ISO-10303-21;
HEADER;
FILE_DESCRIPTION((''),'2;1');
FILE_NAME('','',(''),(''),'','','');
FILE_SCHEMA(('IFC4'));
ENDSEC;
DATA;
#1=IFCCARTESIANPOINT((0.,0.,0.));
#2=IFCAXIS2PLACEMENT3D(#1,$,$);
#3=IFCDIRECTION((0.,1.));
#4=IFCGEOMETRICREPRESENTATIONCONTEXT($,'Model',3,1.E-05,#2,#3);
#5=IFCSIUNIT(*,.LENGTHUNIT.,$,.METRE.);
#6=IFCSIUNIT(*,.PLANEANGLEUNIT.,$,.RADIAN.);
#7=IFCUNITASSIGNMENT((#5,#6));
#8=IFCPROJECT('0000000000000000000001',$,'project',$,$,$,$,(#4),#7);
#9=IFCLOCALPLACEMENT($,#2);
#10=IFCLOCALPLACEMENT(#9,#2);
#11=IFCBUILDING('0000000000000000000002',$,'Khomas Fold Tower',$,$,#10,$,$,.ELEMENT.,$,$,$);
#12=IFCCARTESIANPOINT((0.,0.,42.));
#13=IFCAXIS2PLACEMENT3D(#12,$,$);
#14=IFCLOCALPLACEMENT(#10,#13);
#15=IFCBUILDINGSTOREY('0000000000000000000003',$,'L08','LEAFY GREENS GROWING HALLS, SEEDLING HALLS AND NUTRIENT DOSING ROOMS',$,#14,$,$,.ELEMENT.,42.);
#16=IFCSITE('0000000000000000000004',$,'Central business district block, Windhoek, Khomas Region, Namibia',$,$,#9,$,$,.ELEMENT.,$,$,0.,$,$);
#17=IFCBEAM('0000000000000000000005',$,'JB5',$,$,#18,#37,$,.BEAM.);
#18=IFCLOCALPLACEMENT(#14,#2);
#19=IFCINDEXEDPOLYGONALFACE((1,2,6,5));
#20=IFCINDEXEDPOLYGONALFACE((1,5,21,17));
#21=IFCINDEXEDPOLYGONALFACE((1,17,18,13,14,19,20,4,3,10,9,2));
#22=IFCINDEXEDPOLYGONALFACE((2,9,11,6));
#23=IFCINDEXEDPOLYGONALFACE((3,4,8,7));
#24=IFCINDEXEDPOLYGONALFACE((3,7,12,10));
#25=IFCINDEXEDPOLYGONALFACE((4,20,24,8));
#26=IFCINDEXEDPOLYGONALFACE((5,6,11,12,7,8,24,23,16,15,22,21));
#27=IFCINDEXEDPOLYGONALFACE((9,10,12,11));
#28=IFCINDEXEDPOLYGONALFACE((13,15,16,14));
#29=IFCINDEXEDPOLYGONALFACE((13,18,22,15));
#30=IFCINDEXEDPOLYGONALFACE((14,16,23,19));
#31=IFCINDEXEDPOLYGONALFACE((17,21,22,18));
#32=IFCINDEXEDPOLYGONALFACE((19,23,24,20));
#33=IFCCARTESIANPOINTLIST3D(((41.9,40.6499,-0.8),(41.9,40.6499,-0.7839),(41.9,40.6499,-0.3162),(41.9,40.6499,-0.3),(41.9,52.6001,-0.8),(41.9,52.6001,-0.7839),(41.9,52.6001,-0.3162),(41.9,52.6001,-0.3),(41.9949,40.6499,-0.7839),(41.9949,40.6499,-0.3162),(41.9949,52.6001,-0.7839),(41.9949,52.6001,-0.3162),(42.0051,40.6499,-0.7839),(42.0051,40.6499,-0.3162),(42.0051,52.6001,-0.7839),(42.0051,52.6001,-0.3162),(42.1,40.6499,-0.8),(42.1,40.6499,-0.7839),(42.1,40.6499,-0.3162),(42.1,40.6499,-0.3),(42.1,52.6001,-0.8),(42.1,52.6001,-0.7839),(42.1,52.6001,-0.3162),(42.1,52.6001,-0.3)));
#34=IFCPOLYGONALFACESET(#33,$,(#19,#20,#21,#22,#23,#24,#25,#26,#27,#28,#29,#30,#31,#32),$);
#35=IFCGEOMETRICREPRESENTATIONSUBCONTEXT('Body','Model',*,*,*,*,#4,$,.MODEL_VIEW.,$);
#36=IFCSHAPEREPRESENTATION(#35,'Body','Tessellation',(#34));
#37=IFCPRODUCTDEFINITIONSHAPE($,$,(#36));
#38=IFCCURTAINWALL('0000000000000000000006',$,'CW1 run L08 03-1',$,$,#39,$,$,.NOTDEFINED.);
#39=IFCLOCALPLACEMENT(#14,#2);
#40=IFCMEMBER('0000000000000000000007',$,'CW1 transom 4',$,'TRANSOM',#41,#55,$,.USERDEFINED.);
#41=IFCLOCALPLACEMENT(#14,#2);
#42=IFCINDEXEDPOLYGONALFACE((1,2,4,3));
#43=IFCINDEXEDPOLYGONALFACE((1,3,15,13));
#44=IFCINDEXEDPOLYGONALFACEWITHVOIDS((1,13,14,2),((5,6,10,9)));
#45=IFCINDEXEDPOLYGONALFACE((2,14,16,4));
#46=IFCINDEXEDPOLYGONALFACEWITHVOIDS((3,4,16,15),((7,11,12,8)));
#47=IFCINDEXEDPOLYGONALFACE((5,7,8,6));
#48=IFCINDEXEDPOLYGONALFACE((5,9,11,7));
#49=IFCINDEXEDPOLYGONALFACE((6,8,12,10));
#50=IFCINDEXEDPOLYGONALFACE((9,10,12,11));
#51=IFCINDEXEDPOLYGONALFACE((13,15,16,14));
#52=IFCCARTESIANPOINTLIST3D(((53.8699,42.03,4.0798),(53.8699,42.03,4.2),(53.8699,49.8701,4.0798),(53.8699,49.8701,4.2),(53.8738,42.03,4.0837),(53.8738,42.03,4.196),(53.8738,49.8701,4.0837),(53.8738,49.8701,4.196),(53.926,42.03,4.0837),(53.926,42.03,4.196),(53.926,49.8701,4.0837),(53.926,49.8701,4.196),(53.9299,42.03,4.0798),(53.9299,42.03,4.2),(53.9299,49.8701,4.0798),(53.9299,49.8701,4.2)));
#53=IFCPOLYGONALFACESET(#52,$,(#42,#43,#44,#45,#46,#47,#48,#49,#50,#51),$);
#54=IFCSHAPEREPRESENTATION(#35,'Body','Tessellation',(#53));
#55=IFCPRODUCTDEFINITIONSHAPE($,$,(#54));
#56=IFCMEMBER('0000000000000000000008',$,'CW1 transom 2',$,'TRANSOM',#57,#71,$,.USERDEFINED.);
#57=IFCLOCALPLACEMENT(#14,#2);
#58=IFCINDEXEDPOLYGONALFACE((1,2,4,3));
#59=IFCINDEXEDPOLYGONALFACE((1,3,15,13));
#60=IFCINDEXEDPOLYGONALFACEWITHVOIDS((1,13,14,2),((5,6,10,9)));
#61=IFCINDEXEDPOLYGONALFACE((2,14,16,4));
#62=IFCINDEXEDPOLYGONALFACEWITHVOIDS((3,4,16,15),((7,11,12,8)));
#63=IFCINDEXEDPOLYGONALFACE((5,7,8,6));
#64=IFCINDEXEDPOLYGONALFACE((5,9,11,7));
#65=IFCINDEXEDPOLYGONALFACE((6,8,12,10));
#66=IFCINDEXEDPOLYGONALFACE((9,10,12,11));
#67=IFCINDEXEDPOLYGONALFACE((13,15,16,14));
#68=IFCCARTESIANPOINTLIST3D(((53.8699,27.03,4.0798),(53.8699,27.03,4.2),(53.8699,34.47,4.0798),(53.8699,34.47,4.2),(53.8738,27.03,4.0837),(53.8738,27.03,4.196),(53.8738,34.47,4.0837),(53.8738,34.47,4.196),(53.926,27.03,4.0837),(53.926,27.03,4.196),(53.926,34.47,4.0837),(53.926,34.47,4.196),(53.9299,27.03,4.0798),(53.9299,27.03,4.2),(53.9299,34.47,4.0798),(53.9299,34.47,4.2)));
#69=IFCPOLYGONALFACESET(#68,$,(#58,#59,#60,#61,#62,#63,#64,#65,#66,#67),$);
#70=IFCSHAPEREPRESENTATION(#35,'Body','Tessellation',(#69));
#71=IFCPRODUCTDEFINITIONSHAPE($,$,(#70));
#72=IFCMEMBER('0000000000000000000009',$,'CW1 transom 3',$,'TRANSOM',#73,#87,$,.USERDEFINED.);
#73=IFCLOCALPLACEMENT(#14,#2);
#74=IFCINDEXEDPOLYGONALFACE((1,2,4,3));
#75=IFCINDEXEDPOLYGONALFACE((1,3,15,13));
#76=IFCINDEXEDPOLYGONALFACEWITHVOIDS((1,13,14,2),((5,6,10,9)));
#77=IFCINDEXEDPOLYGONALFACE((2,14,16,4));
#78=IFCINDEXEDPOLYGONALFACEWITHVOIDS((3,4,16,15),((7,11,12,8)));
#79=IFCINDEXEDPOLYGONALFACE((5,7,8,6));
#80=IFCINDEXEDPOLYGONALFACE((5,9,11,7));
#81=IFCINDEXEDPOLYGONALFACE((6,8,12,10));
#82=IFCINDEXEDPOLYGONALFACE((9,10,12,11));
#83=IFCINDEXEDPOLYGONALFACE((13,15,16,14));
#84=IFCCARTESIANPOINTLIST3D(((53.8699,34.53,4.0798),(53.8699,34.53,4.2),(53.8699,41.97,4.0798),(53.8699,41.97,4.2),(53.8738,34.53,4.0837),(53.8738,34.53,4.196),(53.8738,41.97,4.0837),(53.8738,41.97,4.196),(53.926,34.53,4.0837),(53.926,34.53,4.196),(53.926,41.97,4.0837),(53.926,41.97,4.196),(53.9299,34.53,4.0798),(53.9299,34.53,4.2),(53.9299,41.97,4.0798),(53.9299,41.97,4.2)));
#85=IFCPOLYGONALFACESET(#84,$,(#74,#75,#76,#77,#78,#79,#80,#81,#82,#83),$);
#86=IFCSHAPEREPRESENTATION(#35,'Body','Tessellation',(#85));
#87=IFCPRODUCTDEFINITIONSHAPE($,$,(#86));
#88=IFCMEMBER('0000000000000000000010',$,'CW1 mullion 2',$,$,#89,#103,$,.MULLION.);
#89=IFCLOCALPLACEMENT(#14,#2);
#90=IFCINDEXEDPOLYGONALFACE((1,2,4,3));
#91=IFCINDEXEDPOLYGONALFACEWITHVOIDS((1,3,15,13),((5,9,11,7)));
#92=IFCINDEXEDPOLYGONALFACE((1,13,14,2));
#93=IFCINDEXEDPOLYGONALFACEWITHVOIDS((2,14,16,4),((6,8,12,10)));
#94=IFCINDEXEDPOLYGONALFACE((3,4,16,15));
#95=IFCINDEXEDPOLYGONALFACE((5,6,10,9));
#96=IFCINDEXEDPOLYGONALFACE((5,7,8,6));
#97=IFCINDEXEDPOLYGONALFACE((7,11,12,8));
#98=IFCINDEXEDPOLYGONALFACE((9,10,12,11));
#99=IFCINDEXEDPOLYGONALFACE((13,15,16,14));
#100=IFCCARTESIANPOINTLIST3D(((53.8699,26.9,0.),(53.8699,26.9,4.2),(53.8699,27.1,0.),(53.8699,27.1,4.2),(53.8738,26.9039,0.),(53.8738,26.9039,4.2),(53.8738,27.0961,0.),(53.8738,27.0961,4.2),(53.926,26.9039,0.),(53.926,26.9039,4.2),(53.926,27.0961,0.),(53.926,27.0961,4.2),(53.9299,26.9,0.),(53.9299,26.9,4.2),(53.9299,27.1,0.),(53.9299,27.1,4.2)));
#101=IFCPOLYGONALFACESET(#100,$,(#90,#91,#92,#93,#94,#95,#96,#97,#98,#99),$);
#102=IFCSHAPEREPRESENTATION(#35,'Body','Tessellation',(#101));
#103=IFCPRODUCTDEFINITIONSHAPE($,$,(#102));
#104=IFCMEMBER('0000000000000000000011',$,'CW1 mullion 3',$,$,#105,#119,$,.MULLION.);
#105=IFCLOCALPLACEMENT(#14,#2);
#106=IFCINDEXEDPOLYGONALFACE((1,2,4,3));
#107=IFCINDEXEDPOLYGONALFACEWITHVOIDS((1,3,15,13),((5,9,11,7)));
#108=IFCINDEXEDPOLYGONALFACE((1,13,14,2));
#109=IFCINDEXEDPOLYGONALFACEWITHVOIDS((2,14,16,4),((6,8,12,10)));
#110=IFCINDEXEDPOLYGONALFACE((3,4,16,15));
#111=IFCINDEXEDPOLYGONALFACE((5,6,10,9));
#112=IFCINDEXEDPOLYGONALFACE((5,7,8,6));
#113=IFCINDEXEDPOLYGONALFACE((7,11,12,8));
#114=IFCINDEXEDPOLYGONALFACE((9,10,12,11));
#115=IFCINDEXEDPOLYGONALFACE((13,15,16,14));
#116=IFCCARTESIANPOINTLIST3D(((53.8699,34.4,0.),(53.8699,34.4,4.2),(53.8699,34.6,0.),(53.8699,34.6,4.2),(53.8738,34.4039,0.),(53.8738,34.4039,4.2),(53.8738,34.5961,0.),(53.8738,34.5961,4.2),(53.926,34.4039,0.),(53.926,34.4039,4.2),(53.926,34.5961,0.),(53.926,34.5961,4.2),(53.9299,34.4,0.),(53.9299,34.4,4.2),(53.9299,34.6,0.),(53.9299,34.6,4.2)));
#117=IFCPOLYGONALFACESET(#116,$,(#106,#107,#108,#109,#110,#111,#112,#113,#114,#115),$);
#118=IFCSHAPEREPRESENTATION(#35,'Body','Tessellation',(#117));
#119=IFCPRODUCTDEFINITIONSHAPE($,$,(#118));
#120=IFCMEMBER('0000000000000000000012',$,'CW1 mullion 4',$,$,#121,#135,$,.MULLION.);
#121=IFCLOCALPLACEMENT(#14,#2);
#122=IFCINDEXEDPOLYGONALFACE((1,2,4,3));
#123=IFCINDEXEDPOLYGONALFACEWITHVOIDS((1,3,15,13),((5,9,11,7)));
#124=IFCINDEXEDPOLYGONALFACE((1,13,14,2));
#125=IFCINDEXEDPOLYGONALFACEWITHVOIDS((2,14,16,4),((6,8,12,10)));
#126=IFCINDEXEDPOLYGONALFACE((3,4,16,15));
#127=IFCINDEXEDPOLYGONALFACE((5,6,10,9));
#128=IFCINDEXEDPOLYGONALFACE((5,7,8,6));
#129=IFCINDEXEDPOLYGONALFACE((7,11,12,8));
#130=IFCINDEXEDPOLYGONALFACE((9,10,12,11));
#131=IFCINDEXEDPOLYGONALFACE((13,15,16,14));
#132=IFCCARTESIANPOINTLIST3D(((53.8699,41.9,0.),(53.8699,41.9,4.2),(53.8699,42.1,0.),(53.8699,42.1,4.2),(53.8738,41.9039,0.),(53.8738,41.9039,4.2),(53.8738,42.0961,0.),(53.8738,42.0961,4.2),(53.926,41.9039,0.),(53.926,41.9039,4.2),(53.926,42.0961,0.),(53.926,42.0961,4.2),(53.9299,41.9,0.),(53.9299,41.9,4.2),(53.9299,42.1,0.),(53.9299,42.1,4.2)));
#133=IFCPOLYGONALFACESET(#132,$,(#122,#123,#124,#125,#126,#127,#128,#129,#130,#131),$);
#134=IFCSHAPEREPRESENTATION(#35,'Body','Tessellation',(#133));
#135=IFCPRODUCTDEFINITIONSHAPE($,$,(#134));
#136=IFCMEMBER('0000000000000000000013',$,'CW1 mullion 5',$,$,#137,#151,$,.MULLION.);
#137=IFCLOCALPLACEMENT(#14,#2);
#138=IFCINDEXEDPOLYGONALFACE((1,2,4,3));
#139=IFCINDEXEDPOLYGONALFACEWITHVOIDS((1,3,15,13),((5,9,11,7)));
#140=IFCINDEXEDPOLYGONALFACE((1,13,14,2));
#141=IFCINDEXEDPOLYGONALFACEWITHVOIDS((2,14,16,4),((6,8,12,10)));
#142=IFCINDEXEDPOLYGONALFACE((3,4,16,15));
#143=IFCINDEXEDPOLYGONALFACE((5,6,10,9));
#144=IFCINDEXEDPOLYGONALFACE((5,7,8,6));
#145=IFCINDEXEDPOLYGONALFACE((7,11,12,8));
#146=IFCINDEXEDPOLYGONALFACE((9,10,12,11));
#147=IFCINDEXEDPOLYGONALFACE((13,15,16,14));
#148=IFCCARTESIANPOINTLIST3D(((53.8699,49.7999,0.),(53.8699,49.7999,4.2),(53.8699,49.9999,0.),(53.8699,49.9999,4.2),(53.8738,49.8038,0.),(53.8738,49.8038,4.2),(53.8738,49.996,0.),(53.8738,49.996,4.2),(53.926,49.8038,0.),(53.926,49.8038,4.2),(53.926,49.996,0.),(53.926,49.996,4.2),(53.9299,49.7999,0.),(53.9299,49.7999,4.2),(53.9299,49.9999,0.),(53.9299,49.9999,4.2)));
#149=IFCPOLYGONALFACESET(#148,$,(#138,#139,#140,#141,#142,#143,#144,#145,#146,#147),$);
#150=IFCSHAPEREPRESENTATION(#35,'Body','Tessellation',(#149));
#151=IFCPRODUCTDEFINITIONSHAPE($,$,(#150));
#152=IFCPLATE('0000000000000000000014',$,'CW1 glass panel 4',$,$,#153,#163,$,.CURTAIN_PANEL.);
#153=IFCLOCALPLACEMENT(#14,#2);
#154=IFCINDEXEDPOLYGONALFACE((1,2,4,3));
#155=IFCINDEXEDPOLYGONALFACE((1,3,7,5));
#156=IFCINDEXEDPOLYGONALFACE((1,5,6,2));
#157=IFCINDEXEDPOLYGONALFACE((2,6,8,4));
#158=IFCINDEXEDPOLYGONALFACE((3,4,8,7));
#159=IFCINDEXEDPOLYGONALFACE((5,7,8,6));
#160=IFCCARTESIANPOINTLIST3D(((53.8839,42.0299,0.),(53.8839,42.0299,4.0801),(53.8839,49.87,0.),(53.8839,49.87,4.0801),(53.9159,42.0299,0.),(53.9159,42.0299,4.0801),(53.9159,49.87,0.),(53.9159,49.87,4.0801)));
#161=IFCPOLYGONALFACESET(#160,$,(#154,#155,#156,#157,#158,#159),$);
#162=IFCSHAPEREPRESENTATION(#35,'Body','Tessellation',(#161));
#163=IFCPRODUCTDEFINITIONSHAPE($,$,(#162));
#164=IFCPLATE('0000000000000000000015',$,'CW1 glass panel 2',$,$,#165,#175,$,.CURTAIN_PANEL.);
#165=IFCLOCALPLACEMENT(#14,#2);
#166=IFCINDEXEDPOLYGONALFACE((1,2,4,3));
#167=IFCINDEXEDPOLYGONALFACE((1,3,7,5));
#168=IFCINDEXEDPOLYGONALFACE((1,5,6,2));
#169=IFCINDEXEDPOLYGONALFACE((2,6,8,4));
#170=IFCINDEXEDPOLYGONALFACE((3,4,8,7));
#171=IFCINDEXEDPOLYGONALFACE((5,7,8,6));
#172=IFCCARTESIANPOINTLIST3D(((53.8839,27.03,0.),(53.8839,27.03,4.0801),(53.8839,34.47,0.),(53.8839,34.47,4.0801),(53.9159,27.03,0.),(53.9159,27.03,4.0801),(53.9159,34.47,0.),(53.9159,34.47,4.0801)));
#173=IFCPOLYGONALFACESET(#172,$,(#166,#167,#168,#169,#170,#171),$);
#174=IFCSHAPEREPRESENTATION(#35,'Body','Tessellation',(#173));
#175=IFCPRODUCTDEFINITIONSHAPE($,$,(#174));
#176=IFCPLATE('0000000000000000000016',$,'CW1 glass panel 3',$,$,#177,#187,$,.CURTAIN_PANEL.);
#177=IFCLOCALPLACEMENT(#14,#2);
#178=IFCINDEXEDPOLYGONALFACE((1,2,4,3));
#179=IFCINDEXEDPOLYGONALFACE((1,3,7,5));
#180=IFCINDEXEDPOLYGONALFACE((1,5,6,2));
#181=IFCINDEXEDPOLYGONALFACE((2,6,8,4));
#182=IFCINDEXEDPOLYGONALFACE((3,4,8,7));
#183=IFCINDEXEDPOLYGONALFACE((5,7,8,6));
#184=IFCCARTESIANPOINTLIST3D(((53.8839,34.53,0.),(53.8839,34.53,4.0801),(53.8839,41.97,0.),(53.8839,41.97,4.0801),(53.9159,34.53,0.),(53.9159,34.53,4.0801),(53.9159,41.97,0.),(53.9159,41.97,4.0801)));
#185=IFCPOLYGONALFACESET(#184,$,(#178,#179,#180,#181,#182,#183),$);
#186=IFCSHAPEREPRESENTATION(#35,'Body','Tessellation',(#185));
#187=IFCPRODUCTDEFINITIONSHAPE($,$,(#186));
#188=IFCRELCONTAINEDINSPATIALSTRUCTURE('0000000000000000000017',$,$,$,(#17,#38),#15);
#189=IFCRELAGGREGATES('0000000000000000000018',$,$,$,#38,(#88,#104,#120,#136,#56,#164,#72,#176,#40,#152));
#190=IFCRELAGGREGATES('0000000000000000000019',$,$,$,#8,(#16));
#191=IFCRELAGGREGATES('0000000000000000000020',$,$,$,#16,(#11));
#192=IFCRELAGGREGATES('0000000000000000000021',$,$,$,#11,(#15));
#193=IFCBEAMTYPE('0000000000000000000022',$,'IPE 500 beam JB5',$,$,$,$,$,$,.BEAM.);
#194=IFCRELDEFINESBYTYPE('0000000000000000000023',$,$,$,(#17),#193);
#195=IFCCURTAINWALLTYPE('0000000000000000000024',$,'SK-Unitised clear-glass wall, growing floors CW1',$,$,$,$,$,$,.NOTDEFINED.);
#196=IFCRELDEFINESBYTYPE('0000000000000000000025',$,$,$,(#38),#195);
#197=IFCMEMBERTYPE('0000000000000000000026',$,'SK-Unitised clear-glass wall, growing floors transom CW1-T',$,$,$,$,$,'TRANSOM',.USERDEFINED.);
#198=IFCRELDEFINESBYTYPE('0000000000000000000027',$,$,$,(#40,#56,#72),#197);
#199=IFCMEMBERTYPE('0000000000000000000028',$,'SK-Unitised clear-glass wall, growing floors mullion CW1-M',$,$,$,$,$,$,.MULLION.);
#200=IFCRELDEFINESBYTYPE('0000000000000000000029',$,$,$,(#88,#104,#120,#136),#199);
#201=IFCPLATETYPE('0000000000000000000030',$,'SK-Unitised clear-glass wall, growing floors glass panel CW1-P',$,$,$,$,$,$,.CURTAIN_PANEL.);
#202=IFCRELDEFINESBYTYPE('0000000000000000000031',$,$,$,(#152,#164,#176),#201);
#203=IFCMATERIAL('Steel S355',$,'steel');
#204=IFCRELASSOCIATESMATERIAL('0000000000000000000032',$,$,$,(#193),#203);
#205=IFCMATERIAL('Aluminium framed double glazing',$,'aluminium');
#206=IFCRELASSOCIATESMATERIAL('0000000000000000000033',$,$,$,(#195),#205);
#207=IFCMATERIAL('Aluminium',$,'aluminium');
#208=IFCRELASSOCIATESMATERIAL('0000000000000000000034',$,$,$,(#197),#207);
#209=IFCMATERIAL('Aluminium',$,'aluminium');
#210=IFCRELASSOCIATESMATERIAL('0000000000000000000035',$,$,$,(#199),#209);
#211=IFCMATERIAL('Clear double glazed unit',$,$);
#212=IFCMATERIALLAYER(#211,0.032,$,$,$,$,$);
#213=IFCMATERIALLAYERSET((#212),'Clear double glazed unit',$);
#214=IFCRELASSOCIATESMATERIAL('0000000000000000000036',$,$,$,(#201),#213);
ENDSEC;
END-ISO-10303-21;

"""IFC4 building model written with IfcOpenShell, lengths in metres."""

from ifc_helpers import new_model, si_unit, direction, frame, origin, origin_2d, place, context, subcontext, project, spatial, rectangle, hollow_rectangle, i_section, extrude, source, transform, mapped, material, layer, layer_set, material_profile, profile_set, type_object, element, aggregate, save


model = new_model("IFC4")

# Units and contexts
model_context = context("Model", 3, precision=1e-05, world=origin(), true_north=direction((0.0, 1.0)))
body_context = subcontext(model_context, "Body", "Model", "MODEL_VIEW")
ifc_project = project(units=[si_unit("LENGTHUNIT", "METRE"), si_unit("PLANEANGLEUNIT", "RADIAN")], contexts=[model_context])

# Site, building, storey
site_placement = place(None, origin())
site = spatial("IfcSite", under=ifc_project, at=site_placement, Name="Central business district block, Windhoek, Khomas Region, Namibia", CompositionType="ELEMENT", RefElevation=0.0)
building_placement = place(site_placement, origin())
building = spatial("IfcBuilding", under=site, at=building_placement, Name="Khomas Fold Tower", CompositionType="ELEMENT")
storey_placement = place(building_placement, frame((0.0, 0.0, 42.0)))
storey = spatial("IfcBuildingStorey", under=building, at=storey_placement, Name="L08", Description="LEAFY GREENS GROWING HALLS, SEEDLING HALLS AND NUTRIENT DOSING ROOMS", CompositionType="ELEMENT", Elevation=42.0)

# Beam
ifc_material_1 = material(Name="Steel S355", Category="steel")
ifc_material_profile_1 = material_profile(ifc_material_1, i_section(OverallWidth=0.2, OverallDepth=0.5, WebThickness=0.0103, FlangeThickness=0.0161, at=origin_2d()), Name="IPE 500")
ifc_profile_set_1 = profile_set([ifc_material_profile_1], Name="Steel S355")
beam_type_1 = type_object("IfcBeamType", Name="IPE 500 beam JB5", PredefinedType="BEAM", material=ifc_profile_set_1)
shared_shape_1 = source(origin(), body_context, "Body", "SweptSolid", [
    extrude(i_section(OverallWidth=0.2, OverallDepth=0.5, WebThickness=0.0103, FlangeThickness=0.0161, at=origin_2d()), origin(), (0.0, 0.0, 1.0), 11.9502),
])
beam_1_placement = place(storey_placement, frame((42.0, 40.6499, -0.55), z_axis=(0.0, 1.0, 0.0), x_axis=(-1.0, 0.0, 0.0)))
element("IfcBeam", 1, at=beam_1_placement, inside=storey, type_object=beam_type_1, Name="JB5", PredefinedType="BEAM", context=body_context, shape_type="MappedRepresentation", body=[
    mapped(shared_shape_1, transform((0.0, 0.0, 0.0))),
])

# Curtain wall, members, plates
ifc_material_2 = material(Name="Aluminium framed double glazing", Category="aluminium")
curtain_wall_type = type_object("IfcCurtainWallType", Name="SK-Unitised clear-glass wall, growing floors CW1", PredefinedType="NOTDEFINED", material=ifc_material_2)
curtain_wall_placement = place(storey_placement, origin())
curtain_wall = element("IfcCurtainWall", 2, at=curtain_wall_placement, inside=storey, type_object=curtain_wall_type, Name="CW1 run L08 03-1", PredefinedType="NOTDEFINED")
ifc_material_3 = material(Name="Aluminium", Category="aluminium")
ifc_material_profile_2 = material_profile(ifc_material_3, hollow_rectangle(XDim=0.0601, YDim=0.1201, WallThickness=0.0039, at=origin_2d()), Name="SK-Unitised clear-glass wall, growing floors transom CW1-T")
ifc_profile_set_2 = profile_set([ifc_material_profile_2], Name="Aluminium")
member_type_1 = type_object("IfcMemberType", Name="SK-Unitised clear-glass wall, growing floors transom CW1-T", ElementType="TRANSOM", PredefinedType="USERDEFINED", material=ifc_profile_set_2)
shared_shape_2 = source(origin(), body_context, "Body", "SweptSolid", [
    extrude(hollow_rectangle(XDim=0.0601, YDim=0.1201, WallThickness=0.0039, at=origin_2d()), origin(), (0.0, 0.0, 1.0), 7.8401),
])
member_1_placement = place(storey_placement, frame((53.8999, 42.03, 4.1399), z_axis=(0.0, 1.0, 0.0), x_axis=(-1.0, 0.0, 0.0)))
member_1 = element("IfcMember", 3, at=member_1_placement, type_object=member_type_1, Name="CW1 transom 4", ObjectType="TRANSOM", PredefinedType="USERDEFINED", context=body_context, shape_type="MappedRepresentation", body=[
    mapped(shared_shape_2, transform((0.0, 0.0, 0.0))),
])
shared_shape_3 = source(origin(), body_context, "Body", "SweptSolid", [
    extrude(hollow_rectangle(XDim=0.0601, YDim=0.1201, WallThickness=0.0039, at=origin_2d()), origin(), (0.0, 0.0, 1.0), 7.4399),
])
member_2_placement = place(storey_placement, frame((53.8999, 27.03, 4.1399), z_axis=(0.0, 1.0, 0.0), x_axis=(-1.0, 0.0, 0.0)))
member_2 = element("IfcMember", 4, at=member_2_placement, type_object=member_type_1, Name="CW1 transom 2", ObjectType="TRANSOM", PredefinedType="USERDEFINED", context=body_context, shape_type="MappedRepresentation", body=[
    mapped(shared_shape_3, transform((0.0, 0.0, 0.0))),
])
member_3_placement = place(storey_placement, frame((53.8999, 34.53, 4.1399), z_axis=(0.0, 1.0, 0.0), x_axis=(-1.0, 0.0, 0.0)))
member_3 = element("IfcMember", 5, at=member_3_placement, type_object=member_type_1, Name="CW1 transom 3", ObjectType="TRANSOM", PredefinedType="USERDEFINED", context=body_context, shape_type="MappedRepresentation", body=[
    mapped(shared_shape_3, transform((0.0, 0.0, 0.0))),
])
ifc_material_4 = material(Name="Aluminium", Category="aluminium")
ifc_material_profile_3 = material_profile(ifc_material_4, hollow_rectangle(XDim=0.0601, YDim=0.2, WallThickness=0.0039, at=origin_2d()), Name="SK-Unitised clear-glass wall, growing floors mullion CW1-M")
ifc_profile_set_3 = profile_set([ifc_material_profile_3], Name="Aluminium")
member_type_2 = type_object("IfcMemberType", Name="SK-Unitised clear-glass wall, growing floors mullion CW1-M", PredefinedType="MULLION", material=ifc_profile_set_3)
shared_shape_4 = source(origin(), body_context, "Body", "SweptSolid", [
    extrude(hollow_rectangle(XDim=0.0601, YDim=0.2, WallThickness=0.0039, at=origin_2d()), origin(), (0.0, 0.0, 1.0), 4.2),
])
member_4_placement = place(storey_placement, frame((53.8999, 27.0, 0.0), z_axis=(0.0, 0.0, 1.0), x_axis=(-1.0, 0.0, 0.0)))
member_4 = element("IfcMember", 6, at=member_4_placement, type_object=member_type_2, Name="CW1 mullion 2", PredefinedType="MULLION", context=body_context, shape_type="MappedRepresentation", body=[
    mapped(shared_shape_4, transform((0.0, 0.0, 0.0))),
])
member_5_placement = place(storey_placement, frame((53.8999, 34.5, 0.0), z_axis=(0.0, 0.0, 1.0), x_axis=(-1.0, 0.0, 0.0)))
member_5 = element("IfcMember", 7, at=member_5_placement, type_object=member_type_2, Name="CW1 mullion 3", PredefinedType="MULLION", context=body_context, shape_type="MappedRepresentation", body=[
    mapped(shared_shape_4, transform((0.0, 0.0, 0.0))),
])
member_6_placement = place(storey_placement, frame((53.8999, 42.0, 0.0), z_axis=(0.0, 0.0, 1.0), x_axis=(-1.0, 0.0, 0.0)))
member_6 = element("IfcMember", 8, at=member_6_placement, type_object=member_type_2, Name="CW1 mullion 4", PredefinedType="MULLION", context=body_context, shape_type="MappedRepresentation", body=[
    mapped(shared_shape_4, transform((0.0, 0.0, 0.0))),
])
member_7_placement = place(storey_placement, frame((53.8999, 49.8999, 0.0), z_axis=(0.0, 0.0, 1.0), x_axis=(-1.0, 0.0, 0.0)))
member_7 = element("IfcMember", 9, at=member_7_placement, type_object=member_type_2, Name="CW1 mullion 5", PredefinedType="MULLION", context=body_context, shape_type="MappedRepresentation", body=[
    mapped(shared_shape_4, transform((0.0, 0.0, 0.0))),
])
ifc_material_5 = material(Name="Clear double glazed unit")
ifc_layer_1 = layer(ifc_material_5, 0.032)
ifc_layer_set_1 = layer_set([ifc_layer_1], Name="Clear double glazed unit")
plate_type = type_object("IfcPlateType", Name="SK-Unitised clear-glass wall, growing floors glass panel CW1-P", PredefinedType="CURTAIN_PANEL", material=ifc_layer_set_1)
shared_shape_5 = source(origin(), body_context, "Body", "SweptSolid", [
    extrude(rectangle(XDim=7.8401, YDim=0.032, at=origin_2d()), origin(), (0.0, 0.0, 1.0), 4.0801),
])
plate_1_placement = place(storey_placement, frame((53.8999, 45.95, 0.0), z_axis=(0.0, 0.0, 1.0), x_axis=(0.0, 1.0, 0.0)))
plate_1 = element("IfcPlate", 10, at=plate_1_placement, type_object=plate_type, Name="CW1 glass panel 4", PredefinedType="CURTAIN_PANEL", context=body_context, shape_type="MappedRepresentation", body=[
    mapped(shared_shape_5, transform((0.0, 0.0, 0.0))),
])
shared_shape_6 = source(origin(), body_context, "Body", "SweptSolid", [
    extrude(rectangle(XDim=7.4399, YDim=0.032, at=origin_2d()), origin(), (0.0, 0.0, 1.0), 4.0801),
])
plate_2_placement = place(storey_placement, frame((53.8999, 30.75, 0.0), z_axis=(0.0, 0.0, 1.0), x_axis=(0.0, 1.0, 0.0)))
plate_2 = element("IfcPlate", 11, at=plate_2_placement, type_object=plate_type, Name="CW1 glass panel 2", PredefinedType="CURTAIN_PANEL", context=body_context, shape_type="MappedRepresentation", body=[
    mapped(shared_shape_6, transform((0.0, 0.0, 0.0))),
])
plate_3_placement = place(storey_placement, frame((53.8999, 38.25, 0.0), z_axis=(0.0, 0.0, 1.0), x_axis=(0.0, 1.0, 0.0)))
plate_3 = element("IfcPlate", 12, at=plate_3_placement, type_object=plate_type, Name="CW1 glass panel 3", PredefinedType="CURTAIN_PANEL", context=body_context, shape_type="MappedRepresentation", body=[
    mapped(shared_shape_6, transform((0.0, 0.0, 0.0))),
])
aggregate(curtain_wall, [member_4, member_5, member_6, member_7, member_2, plate_2, member_3, plate_3, member_1, plate_1])

save(model, "model.ifc")
